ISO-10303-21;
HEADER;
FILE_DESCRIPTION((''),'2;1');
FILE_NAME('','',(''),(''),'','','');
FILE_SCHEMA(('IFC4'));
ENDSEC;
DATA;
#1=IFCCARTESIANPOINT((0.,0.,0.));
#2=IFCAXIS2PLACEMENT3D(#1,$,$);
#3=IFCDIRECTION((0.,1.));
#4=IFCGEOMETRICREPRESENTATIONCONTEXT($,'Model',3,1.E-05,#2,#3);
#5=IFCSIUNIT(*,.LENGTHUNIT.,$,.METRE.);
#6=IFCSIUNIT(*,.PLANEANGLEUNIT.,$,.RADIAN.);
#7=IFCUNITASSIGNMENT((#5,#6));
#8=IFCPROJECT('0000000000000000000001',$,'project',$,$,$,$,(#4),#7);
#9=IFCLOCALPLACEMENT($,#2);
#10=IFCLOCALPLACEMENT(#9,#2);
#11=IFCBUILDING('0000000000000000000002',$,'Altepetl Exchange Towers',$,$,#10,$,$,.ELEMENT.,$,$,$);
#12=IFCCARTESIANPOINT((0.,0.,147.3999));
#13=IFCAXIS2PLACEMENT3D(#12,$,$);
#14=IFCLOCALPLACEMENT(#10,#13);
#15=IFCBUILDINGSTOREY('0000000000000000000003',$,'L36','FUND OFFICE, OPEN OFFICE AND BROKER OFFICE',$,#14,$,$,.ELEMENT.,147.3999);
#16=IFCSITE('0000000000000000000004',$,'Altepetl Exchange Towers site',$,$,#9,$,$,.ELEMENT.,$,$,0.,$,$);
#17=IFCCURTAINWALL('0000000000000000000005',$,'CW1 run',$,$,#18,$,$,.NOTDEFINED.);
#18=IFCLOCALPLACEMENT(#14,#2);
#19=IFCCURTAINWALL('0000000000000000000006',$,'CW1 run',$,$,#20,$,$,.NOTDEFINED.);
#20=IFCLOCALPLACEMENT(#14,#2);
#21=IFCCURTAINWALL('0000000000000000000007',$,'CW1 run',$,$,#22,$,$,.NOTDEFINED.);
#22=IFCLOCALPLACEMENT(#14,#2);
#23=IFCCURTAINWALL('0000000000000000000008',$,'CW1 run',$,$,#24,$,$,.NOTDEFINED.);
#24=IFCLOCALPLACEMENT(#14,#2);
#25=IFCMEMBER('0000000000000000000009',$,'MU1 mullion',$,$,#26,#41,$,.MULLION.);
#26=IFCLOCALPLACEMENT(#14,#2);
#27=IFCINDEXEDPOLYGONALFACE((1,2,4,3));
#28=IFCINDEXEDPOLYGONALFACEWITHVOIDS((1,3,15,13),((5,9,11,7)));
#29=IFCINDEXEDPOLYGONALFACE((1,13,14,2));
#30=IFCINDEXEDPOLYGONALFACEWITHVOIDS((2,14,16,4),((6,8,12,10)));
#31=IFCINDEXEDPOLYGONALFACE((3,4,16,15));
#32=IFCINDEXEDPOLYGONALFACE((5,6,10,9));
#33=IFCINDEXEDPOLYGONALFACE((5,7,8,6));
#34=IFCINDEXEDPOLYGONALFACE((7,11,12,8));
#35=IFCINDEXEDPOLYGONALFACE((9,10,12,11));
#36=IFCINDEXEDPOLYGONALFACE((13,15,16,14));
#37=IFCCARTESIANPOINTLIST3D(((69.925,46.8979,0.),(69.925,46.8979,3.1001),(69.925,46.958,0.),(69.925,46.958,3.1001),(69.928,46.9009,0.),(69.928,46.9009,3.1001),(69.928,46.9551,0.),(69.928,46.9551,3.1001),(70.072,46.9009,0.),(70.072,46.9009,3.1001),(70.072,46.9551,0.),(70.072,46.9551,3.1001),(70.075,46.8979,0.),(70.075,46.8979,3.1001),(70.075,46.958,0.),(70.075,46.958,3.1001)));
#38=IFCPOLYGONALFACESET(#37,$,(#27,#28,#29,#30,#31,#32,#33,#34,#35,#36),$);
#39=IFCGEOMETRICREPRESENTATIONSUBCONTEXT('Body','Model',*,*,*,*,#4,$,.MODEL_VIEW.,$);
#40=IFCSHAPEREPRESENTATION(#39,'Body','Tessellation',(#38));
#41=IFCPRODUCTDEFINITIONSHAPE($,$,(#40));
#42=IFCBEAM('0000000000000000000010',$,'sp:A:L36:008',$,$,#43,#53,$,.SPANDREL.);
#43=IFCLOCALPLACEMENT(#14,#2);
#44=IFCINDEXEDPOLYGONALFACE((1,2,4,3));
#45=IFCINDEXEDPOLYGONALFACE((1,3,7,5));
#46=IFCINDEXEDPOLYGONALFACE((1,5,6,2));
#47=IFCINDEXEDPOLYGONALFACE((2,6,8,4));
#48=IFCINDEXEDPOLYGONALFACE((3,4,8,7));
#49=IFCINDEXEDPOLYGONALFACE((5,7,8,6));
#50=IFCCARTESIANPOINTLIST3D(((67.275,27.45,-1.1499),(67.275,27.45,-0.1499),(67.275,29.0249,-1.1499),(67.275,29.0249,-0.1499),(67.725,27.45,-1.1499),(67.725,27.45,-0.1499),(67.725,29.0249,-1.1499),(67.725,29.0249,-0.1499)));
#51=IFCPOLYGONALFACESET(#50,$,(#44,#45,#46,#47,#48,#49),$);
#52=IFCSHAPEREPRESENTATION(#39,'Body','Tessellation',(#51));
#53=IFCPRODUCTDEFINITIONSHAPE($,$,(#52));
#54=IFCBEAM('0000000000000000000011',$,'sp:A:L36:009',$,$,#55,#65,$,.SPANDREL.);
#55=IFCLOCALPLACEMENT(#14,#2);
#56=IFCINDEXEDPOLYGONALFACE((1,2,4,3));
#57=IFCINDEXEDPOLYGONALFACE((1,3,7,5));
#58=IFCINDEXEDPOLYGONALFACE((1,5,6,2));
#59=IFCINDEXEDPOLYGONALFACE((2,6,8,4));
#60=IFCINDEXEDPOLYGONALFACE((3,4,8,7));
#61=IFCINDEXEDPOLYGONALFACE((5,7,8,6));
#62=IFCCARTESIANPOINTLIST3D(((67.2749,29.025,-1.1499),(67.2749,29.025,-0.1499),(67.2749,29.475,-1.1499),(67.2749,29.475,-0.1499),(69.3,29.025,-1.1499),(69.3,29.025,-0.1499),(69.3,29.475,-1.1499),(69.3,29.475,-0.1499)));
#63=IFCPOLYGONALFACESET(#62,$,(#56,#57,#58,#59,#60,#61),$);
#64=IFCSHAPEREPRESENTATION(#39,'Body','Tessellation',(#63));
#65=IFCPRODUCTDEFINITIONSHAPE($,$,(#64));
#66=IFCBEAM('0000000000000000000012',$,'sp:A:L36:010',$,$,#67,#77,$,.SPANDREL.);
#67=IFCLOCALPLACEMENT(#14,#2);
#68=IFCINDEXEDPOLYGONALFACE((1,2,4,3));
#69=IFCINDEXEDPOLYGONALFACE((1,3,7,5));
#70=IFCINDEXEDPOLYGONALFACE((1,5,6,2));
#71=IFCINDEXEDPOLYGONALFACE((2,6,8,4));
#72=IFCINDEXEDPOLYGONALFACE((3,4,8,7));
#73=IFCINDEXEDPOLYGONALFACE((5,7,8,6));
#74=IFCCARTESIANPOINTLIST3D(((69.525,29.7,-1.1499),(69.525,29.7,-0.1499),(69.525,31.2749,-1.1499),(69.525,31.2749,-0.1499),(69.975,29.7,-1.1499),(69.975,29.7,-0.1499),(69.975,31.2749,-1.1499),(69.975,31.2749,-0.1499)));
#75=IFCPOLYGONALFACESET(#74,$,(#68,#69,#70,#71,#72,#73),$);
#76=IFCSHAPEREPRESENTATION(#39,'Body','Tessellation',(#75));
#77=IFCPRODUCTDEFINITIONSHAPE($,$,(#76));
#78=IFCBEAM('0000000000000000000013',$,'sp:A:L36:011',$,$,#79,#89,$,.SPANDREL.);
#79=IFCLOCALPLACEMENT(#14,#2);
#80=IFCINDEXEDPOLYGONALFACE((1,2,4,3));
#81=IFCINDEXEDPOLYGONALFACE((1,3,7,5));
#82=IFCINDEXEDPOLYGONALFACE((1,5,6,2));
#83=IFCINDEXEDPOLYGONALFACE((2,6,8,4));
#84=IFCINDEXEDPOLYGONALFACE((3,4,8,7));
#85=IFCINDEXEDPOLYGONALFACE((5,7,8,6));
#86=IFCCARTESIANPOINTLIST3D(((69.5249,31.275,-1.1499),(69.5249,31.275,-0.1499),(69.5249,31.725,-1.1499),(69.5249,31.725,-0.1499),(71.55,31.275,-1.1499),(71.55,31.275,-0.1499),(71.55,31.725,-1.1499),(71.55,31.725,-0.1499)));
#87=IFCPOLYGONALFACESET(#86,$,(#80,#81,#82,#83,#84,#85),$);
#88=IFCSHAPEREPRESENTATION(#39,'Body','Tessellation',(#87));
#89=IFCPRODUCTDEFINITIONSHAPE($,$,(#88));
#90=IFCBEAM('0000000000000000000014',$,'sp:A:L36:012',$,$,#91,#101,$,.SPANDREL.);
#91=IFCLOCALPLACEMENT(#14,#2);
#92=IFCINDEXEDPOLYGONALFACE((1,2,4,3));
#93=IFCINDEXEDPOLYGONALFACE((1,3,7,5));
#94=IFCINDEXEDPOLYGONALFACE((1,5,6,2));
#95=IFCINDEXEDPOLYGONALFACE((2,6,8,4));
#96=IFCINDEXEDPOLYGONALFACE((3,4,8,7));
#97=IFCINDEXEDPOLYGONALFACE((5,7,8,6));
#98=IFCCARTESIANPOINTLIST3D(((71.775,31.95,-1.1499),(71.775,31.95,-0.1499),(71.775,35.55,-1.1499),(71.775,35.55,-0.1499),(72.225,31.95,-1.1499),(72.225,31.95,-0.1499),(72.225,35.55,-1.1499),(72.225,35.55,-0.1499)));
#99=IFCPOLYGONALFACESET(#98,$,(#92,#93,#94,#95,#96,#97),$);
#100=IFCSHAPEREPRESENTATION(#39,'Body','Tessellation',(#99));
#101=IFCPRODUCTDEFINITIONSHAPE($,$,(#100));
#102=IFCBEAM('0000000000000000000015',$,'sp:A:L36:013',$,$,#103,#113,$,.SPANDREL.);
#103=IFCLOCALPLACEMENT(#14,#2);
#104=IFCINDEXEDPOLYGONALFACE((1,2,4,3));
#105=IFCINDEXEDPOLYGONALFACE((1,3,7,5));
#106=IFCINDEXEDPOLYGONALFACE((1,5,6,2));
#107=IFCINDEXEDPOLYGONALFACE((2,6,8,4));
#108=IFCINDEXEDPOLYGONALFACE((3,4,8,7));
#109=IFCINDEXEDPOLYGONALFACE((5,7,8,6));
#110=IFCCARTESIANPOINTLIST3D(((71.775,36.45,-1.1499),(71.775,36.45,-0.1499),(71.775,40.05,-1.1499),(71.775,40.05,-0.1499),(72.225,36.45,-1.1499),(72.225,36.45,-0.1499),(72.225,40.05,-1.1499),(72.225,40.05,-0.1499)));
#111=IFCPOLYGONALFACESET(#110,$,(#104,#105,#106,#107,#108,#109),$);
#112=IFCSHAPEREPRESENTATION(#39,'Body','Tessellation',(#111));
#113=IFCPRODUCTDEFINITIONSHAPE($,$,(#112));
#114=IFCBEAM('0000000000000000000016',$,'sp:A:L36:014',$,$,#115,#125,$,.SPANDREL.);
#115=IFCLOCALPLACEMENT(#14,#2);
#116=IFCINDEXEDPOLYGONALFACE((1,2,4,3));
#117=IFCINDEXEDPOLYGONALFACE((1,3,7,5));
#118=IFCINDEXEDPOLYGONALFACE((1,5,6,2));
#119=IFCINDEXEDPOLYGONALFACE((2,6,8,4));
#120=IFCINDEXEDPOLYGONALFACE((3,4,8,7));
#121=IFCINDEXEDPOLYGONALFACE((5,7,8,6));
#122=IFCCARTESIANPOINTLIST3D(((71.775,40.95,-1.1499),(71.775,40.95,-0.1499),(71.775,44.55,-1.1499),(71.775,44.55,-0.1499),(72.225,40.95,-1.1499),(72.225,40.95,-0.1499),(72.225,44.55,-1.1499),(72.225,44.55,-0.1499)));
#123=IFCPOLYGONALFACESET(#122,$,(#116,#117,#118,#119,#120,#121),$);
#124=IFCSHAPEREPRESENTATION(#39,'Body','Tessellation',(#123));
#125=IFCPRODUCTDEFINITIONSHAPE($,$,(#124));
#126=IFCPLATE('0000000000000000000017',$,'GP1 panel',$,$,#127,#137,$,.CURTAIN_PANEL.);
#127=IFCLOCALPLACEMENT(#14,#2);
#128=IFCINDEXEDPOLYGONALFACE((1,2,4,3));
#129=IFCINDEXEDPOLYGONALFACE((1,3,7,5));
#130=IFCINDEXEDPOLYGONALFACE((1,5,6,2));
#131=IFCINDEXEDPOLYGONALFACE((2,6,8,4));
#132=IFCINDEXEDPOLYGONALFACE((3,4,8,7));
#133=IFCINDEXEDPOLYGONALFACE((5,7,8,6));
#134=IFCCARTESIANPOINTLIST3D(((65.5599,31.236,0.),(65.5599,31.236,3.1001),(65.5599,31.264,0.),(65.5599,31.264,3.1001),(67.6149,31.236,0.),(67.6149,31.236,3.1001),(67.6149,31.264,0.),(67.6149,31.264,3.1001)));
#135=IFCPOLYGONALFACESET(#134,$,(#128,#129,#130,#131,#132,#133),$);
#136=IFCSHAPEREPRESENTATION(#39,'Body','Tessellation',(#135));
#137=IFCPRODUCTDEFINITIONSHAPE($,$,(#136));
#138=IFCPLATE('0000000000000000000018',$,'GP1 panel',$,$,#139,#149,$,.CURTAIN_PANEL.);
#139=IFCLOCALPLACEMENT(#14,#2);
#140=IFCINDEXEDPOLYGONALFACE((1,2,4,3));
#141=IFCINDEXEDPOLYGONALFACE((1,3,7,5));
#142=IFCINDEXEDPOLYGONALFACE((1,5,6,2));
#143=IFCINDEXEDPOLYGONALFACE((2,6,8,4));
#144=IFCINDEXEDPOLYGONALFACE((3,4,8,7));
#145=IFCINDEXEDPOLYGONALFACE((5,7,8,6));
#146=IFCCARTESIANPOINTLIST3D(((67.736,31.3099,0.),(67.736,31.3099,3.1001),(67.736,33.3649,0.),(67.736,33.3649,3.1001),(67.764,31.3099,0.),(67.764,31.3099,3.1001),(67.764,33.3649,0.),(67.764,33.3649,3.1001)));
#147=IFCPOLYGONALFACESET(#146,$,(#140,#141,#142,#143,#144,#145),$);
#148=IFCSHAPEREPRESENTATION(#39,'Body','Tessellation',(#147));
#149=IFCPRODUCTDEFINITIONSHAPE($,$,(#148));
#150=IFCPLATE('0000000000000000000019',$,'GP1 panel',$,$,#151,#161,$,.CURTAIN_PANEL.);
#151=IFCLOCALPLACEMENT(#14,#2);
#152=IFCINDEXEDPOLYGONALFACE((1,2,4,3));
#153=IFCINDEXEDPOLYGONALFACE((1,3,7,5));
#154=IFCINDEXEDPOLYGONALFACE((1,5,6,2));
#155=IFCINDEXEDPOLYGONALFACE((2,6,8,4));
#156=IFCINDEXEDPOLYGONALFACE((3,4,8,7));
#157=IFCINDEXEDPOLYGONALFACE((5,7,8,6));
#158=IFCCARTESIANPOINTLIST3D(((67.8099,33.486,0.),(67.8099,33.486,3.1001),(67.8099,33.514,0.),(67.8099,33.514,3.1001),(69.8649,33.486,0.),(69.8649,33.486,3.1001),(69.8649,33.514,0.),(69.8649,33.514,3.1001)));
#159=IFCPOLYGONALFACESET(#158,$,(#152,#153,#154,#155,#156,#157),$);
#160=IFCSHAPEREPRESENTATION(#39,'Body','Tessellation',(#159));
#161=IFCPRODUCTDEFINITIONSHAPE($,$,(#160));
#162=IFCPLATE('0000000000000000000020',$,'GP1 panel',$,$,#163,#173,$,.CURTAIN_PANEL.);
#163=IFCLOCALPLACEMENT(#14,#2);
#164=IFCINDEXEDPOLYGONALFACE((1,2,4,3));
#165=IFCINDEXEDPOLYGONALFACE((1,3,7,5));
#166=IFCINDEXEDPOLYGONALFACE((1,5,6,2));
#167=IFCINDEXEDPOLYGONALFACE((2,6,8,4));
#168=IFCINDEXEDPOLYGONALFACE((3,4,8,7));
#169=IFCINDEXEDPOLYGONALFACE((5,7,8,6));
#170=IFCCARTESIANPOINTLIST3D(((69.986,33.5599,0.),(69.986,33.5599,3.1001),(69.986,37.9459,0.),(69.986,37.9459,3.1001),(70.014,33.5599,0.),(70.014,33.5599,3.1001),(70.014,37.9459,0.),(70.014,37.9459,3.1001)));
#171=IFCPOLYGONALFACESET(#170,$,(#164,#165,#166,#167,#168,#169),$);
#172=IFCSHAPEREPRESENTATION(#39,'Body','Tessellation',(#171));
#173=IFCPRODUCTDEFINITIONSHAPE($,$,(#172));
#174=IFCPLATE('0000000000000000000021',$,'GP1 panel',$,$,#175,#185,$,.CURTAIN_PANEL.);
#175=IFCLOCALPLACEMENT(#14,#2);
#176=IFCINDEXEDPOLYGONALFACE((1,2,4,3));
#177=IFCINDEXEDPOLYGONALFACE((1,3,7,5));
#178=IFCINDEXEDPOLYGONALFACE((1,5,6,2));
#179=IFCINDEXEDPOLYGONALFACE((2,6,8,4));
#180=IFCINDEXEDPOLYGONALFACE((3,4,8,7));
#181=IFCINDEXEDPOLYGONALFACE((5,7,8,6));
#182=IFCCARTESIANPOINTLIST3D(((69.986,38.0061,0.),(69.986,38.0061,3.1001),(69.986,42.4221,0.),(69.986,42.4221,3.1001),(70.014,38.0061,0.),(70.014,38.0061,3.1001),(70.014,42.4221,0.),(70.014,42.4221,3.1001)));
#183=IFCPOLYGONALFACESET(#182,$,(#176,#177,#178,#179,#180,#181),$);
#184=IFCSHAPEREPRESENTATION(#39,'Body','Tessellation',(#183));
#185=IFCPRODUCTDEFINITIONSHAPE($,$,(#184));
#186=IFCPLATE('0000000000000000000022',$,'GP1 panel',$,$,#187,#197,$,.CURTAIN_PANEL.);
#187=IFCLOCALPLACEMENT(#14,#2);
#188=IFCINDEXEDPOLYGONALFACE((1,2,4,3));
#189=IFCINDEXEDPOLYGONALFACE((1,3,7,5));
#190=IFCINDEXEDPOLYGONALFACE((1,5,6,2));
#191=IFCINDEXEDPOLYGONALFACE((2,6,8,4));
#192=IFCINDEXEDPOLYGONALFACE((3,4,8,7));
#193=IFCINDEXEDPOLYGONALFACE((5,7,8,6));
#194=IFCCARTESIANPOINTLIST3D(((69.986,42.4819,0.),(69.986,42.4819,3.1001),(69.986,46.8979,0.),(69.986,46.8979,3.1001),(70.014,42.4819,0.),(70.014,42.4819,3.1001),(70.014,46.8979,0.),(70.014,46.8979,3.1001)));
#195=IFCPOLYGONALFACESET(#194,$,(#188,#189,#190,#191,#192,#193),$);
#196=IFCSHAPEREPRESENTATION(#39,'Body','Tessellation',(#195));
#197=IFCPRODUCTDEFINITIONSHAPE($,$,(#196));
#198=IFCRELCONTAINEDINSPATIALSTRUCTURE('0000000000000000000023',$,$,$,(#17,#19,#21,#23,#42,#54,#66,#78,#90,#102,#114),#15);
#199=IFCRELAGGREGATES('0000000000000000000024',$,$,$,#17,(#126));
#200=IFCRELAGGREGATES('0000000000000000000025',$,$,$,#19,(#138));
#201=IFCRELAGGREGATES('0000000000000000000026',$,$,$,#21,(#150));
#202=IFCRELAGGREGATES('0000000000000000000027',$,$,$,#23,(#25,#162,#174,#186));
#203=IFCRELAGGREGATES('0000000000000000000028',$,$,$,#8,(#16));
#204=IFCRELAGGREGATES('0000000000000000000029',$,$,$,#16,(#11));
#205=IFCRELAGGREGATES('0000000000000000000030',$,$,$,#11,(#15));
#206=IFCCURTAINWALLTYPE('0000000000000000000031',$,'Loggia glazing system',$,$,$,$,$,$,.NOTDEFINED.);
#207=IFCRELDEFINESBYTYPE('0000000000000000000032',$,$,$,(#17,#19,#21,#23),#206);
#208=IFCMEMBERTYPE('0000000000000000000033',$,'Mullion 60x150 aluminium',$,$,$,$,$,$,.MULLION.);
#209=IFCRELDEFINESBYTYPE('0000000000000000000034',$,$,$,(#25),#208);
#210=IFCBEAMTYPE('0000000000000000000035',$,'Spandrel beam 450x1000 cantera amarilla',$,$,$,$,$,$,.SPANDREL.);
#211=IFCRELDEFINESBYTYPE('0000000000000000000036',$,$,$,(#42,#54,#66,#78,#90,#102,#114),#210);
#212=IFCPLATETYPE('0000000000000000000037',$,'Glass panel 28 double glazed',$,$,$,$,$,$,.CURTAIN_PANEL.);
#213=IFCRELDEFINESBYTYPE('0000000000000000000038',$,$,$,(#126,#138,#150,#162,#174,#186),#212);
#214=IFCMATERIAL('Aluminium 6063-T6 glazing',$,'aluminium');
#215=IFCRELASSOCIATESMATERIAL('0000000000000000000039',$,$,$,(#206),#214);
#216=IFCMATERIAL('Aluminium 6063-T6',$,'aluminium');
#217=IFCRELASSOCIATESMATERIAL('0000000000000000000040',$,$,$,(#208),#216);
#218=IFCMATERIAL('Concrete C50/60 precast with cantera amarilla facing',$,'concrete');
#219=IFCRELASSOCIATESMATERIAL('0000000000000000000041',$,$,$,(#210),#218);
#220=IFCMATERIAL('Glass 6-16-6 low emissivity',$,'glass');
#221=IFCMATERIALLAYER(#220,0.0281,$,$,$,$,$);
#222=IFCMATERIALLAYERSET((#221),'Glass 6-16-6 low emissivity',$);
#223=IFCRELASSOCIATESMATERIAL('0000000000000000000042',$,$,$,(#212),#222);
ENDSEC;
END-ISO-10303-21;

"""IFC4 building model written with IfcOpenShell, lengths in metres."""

from ifc_helpers import new_model, si_unit, direction, frame, origin, origin_2d, place, context, subcontext, project, spatial, rectangle, hollow_rectangle, extrude, material, layer, layer_set, material_profile, profile_set, type_object, element, aggregate, save


model = new_model("IFC4")

# Units and contexts
model_context = context("Model", 3, precision=1e-05, world=origin(), true_north=direction((0.0, 1.0)))
body_context = subcontext(model_context, "Body", "Model", "MODEL_VIEW")
ifc_project = project(units=[si_unit("LENGTHUNIT", "METRE"), si_unit("PLANEANGLEUNIT", "RADIAN")], contexts=[model_context])

# Site, building, storey
site_placement = place(None, origin())
site = spatial("IfcSite", under=ifc_project, at=site_placement, Name="Altepetl Exchange Towers site", CompositionType="ELEMENT", RefElevation=0.0)
building_placement = place(site_placement, origin())
building = spatial("IfcBuilding", under=site, at=building_placement, Name="Altepetl Exchange Towers", CompositionType="ELEMENT")
storey_placement = place(building_placement, frame((0.0, 0.0, 147.3999)))
storey = spatial("IfcBuildingStorey", under=building, at=storey_placement, Name="L36", Description="FUND OFFICE, OPEN OFFICE AND BROKER OFFICE", CompositionType="ELEMENT", Elevation=147.3999)

# Curtain wall
ifc_material_1 = material(Name="Aluminium 6063-T6 glazing", Category="aluminium")
curtain_wall_type = type_object("IfcCurtainWallType", Name="Loggia glazing system", PredefinedType="NOTDEFINED", material=ifc_material_1)
curtain_wall_1_placement = place(storey_placement, origin())
curtain_wall_1 = element("IfcCurtainWall", 1, at=curtain_wall_1_placement, inside=storey, type_object=curtain_wall_type, Name="CW1 run", PredefinedType="NOTDEFINED")
ifc_material_2 = material(Name="Aluminium 6063-T6", Category="aluminium")
ifc_material_profile_1 = material_profile(ifc_material_2, hollow_rectangle(XDim=0.0601, YDim=0.1499, WallThickness=0.0029, at=origin_2d()), Name="Mullion 60x150 aluminium")
ifc_profile_set_1 = profile_set([ifc_material_profile_1], Name="Aluminium 6063-T6")
member_type = type_object("IfcMemberType", Name="Mullion 60x150 aluminium", PredefinedType="MULLION", material=ifc_profile_set_1)

# Curtain walls, member
curtain_wall_2_placement = place(storey_placement, origin())
curtain_wall_2 = element("IfcCurtainWall", 2, at=curtain_wall_2_placement, inside=storey, type_object=curtain_wall_type, Name="CW1 run", PredefinedType="NOTDEFINED")
curtain_wall_3_placement = place(storey_placement, origin())
curtain_wall_3 = element("IfcCurtainWall", 3, at=curtain_wall_3_placement, inside=storey, type_object=curtain_wall_type, Name="CW1 run", PredefinedType="NOTDEFINED")
curtain_wall_4_placement = place(storey_placement, origin())
curtain_wall_4 = element("IfcCurtainWall", 4, at=curtain_wall_4_placement, inside=storey, type_object=curtain_wall_type, Name="CW1 run", PredefinedType="NOTDEFINED")
member_1_placement = place(storey_placement, frame((70.0, 46.928, 0.0), z_axis=(0.0, 0.0, 1.0), x_axis=(0.0, 1.0, 0.0)))
member_1 = element("IfcMember", 5, at=member_1_placement, type_object=member_type, Name="MU1 mullion", PredefinedType="MULLION", context=body_context, shape_type="SweptSolid", body=[
    extrude(hollow_rectangle(XDim=0.0601, YDim=0.1499, WallThickness=0.0029, at=origin_2d()), origin(), (0.0, 0.0, 1.0), 3.1001),
])

# Beams
ifc_material_3 = material(Name="Concrete C50/60 precast with cantera amarilla facing", Category="concrete")
ifc_material_profile_2 = material_profile(ifc_material_3, rectangle(XDim=0.45, YDim=1.0, at=origin_2d()), Name="450 x 1000")
ifc_profile_set_2 = profile_set([ifc_material_profile_2], Name="Concrete C50/60 precast with cantera amarilla facing")
beam_type = type_object("IfcBeamType", Name="Spandrel beam 450x1000 cantera amarilla", PredefinedType="SPANDREL", material=ifc_profile_set_2)
beam_1_placement = place(storey_placement, frame((67.5, 27.45, -0.6499), z_axis=(0.0, 1.0, 0.0), x_axis=(-1.0, 0.0, 0.0)))
element("IfcBeam", 6, at=beam_1_placement, inside=storey, type_object=beam_type, Name="sp:A:L36:008", PredefinedType="SPANDREL", context=body_context, shape_type="SweptSolid", body=[
    extrude(rectangle(XDim=0.45, YDim=1.0, at=origin_2d()), origin(), (0.0, 0.0, 1.0), 1.575),
])
beam_2_placement = place(storey_placement, frame((67.2749, 29.25, -0.6499), z_axis=(1.0, 0.0, 0.0), x_axis=(0.0, 1.0, 0.0)))
element("IfcBeam", 7, at=beam_2_placement, inside=storey, type_object=beam_type, Name="sp:A:L36:009", PredefinedType="SPANDREL", context=body_context, shape_type="SweptSolid", body=[
    extrude(rectangle(XDim=0.45, YDim=1.0, at=origin_2d()), origin(), (0.0, 0.0, 1.0), 2.0251),
])
beam_3_placement = place(storey_placement, frame((69.75, 29.7, -0.6499), z_axis=(0.0, 1.0, 0.0), x_axis=(-1.0, 0.0, 0.0)))
element("IfcBeam", 8, at=beam_3_placement, inside=storey, type_object=beam_type, Name="sp:A:L36:010", PredefinedType="SPANDREL", context=body_context, shape_type="SweptSolid", body=[
    extrude(rectangle(XDim=0.45, YDim=1.0, at=origin_2d()), origin(), (0.0, 0.0, 1.0), 1.575),
])
beam_4_placement = place(storey_placement, frame((69.5249, 31.5, -0.6499), z_axis=(1.0, 0.0, 0.0), x_axis=(0.0, 1.0, 0.0)))
element("IfcBeam", 9, at=beam_4_placement, inside=storey, type_object=beam_type, Name="sp:A:L36:011", PredefinedType="SPANDREL", context=body_context, shape_type="SweptSolid", body=[
    extrude(rectangle(XDim=0.45, YDim=1.0, at=origin_2d()), origin(), (0.0, 0.0, 1.0), 2.0251),
])
for number, where, z_axis, x_axis, name in (
    (10, (72.0, 31.95, -0.6499), (0.0, 1.0, 0.0), (-1.0, 0.0, 0.0), "sp:A:L36:012"),
    (11, (72.0, 36.45, -0.6499), (0.0, 1.0, 0.0), (-1.0, 0.0, 0.0), "sp:A:L36:013"),
    (12, (72.0, 40.95, -0.6499), (0.0, 1.0, 0.0), (-1.0, 0.0, 0.0), "sp:A:L36:014"),
):
    element("IfcBeam", number, at=place(storey_placement, frame(where, z_axis=z_axis, x_axis=x_axis)), inside=storey, type_object=beam_type, Name=name, PredefinedType="SPANDREL", context=body_context, shape_type="SweptSolid", body=[
        extrude(rectangle(XDim=0.45, YDim=1.0, at=origin_2d()), origin(), (0.0, 0.0, 1.0), 3.6001),
    ])

# Plates
ifc_material_4 = material(Name="Glass 6-16-6 low emissivity", Category="glass")
ifc_layer = layer(ifc_material_4, 0.0281)
ifc_layer_set = layer_set([ifc_layer], Name="Glass 6-16-6 low emissivity")
plate_type = type_object("IfcPlateType", Name="Glass panel 28 double glazed", PredefinedType="CURTAIN_PANEL", material=ifc_layer_set)
plate_1_placement = place(storey_placement, frame((66.5874, 31.25, 0.0)))
plate_1 = element("IfcPlate", 13, at=plate_1_placement, type_object=plate_type, Name="GP1 panel", PredefinedType="CURTAIN_PANEL", context=body_context, shape_type="SweptSolid", body=[
    extrude(rectangle(XDim=2.0549, YDim=0.0281, at=origin_2d()), origin(), (0.0, 0.0, 1.0), 3.1001),
])
aggregate(curtain_wall_1, [plate_1])
plate_2_placement = place(storey_placement, frame((67.75, 32.3374, 0.0), z_axis=(0.0, 0.0, 1.0), x_axis=(0.0, 1.0, 0.0)))
plate_2 = element("IfcPlate", 14, at=plate_2_placement, type_object=plate_type, Name="GP1 panel", PredefinedType="CURTAIN_PANEL", context=body_context, shape_type="SweptSolid", body=[
    extrude(rectangle(XDim=2.0549, YDim=0.0281, at=origin_2d()), origin(), (0.0, 0.0, 1.0), 3.1001),
])
aggregate(curtain_wall_2, [plate_2])
plate_3_placement = place(storey_placement, frame((68.8374, 33.5, 0.0)))
plate_3 = element("IfcPlate", 15, at=plate_3_placement, type_object=plate_type, Name="GP1 panel", PredefinedType="CURTAIN_PANEL", context=body_context, shape_type="SweptSolid", body=[
    extrude(rectangle(XDim=2.0549, YDim=0.0281, at=origin_2d()), origin(), (0.0, 0.0, 1.0), 3.1001),
])
aggregate(curtain_wall_3, [plate_3])
plate_4_placement = place(storey_placement, frame((70.0, 35.7529, 0.0), z_axis=(0.0, 0.0, 1.0), x_axis=(0.0, 1.0, 0.0)))
plate_4 = element("IfcPlate", 16, at=plate_4_placement, type_object=plate_type, Name="GP1 panel", PredefinedType="CURTAIN_PANEL", context=body_context, shape_type="SweptSolid", body=[
    extrude(rectangle(XDim=4.386, YDim=0.0281, at=origin_2d()), origin(), (0.0, 0.0, 1.0), 3.1001),
])
plate_5_placement = place(storey_placement, frame((70.0, 40.2141, 0.0), z_axis=(0.0, 0.0, 1.0), x_axis=(0.0, 1.0, 0.0)))
plate_5 = element("IfcPlate", 17, at=plate_5_placement, type_object=plate_type, Name="GP1 panel", PredefinedType="CURTAIN_PANEL", context=body_context, shape_type="SweptSolid", body=[
    extrude(rectangle(XDim=4.416, YDim=0.0281, at=origin_2d()), origin(), (0.0, 0.0, 1.0), 3.1001),
])
plate_6_placement = place(storey_placement, frame((70.0, 44.6899, 0.0), z_axis=(0.0, 0.0, 1.0), x_axis=(0.0, 1.0, 0.0)))
plate_6 = element("IfcPlate", 18, at=plate_6_placement, type_object=plate_type, Name="GP1 panel", PredefinedType="CURTAIN_PANEL", context=body_context, shape_type="SweptSolid", body=[
    extrude(rectangle(XDim=4.416, YDim=0.0281, at=origin_2d()), origin(), (0.0, 0.0, 1.0), 3.1001),
])
aggregate(curtain_wall_4, [member_1, plate_4, plate_5, plate_6])

save(model, "model.ifc")
